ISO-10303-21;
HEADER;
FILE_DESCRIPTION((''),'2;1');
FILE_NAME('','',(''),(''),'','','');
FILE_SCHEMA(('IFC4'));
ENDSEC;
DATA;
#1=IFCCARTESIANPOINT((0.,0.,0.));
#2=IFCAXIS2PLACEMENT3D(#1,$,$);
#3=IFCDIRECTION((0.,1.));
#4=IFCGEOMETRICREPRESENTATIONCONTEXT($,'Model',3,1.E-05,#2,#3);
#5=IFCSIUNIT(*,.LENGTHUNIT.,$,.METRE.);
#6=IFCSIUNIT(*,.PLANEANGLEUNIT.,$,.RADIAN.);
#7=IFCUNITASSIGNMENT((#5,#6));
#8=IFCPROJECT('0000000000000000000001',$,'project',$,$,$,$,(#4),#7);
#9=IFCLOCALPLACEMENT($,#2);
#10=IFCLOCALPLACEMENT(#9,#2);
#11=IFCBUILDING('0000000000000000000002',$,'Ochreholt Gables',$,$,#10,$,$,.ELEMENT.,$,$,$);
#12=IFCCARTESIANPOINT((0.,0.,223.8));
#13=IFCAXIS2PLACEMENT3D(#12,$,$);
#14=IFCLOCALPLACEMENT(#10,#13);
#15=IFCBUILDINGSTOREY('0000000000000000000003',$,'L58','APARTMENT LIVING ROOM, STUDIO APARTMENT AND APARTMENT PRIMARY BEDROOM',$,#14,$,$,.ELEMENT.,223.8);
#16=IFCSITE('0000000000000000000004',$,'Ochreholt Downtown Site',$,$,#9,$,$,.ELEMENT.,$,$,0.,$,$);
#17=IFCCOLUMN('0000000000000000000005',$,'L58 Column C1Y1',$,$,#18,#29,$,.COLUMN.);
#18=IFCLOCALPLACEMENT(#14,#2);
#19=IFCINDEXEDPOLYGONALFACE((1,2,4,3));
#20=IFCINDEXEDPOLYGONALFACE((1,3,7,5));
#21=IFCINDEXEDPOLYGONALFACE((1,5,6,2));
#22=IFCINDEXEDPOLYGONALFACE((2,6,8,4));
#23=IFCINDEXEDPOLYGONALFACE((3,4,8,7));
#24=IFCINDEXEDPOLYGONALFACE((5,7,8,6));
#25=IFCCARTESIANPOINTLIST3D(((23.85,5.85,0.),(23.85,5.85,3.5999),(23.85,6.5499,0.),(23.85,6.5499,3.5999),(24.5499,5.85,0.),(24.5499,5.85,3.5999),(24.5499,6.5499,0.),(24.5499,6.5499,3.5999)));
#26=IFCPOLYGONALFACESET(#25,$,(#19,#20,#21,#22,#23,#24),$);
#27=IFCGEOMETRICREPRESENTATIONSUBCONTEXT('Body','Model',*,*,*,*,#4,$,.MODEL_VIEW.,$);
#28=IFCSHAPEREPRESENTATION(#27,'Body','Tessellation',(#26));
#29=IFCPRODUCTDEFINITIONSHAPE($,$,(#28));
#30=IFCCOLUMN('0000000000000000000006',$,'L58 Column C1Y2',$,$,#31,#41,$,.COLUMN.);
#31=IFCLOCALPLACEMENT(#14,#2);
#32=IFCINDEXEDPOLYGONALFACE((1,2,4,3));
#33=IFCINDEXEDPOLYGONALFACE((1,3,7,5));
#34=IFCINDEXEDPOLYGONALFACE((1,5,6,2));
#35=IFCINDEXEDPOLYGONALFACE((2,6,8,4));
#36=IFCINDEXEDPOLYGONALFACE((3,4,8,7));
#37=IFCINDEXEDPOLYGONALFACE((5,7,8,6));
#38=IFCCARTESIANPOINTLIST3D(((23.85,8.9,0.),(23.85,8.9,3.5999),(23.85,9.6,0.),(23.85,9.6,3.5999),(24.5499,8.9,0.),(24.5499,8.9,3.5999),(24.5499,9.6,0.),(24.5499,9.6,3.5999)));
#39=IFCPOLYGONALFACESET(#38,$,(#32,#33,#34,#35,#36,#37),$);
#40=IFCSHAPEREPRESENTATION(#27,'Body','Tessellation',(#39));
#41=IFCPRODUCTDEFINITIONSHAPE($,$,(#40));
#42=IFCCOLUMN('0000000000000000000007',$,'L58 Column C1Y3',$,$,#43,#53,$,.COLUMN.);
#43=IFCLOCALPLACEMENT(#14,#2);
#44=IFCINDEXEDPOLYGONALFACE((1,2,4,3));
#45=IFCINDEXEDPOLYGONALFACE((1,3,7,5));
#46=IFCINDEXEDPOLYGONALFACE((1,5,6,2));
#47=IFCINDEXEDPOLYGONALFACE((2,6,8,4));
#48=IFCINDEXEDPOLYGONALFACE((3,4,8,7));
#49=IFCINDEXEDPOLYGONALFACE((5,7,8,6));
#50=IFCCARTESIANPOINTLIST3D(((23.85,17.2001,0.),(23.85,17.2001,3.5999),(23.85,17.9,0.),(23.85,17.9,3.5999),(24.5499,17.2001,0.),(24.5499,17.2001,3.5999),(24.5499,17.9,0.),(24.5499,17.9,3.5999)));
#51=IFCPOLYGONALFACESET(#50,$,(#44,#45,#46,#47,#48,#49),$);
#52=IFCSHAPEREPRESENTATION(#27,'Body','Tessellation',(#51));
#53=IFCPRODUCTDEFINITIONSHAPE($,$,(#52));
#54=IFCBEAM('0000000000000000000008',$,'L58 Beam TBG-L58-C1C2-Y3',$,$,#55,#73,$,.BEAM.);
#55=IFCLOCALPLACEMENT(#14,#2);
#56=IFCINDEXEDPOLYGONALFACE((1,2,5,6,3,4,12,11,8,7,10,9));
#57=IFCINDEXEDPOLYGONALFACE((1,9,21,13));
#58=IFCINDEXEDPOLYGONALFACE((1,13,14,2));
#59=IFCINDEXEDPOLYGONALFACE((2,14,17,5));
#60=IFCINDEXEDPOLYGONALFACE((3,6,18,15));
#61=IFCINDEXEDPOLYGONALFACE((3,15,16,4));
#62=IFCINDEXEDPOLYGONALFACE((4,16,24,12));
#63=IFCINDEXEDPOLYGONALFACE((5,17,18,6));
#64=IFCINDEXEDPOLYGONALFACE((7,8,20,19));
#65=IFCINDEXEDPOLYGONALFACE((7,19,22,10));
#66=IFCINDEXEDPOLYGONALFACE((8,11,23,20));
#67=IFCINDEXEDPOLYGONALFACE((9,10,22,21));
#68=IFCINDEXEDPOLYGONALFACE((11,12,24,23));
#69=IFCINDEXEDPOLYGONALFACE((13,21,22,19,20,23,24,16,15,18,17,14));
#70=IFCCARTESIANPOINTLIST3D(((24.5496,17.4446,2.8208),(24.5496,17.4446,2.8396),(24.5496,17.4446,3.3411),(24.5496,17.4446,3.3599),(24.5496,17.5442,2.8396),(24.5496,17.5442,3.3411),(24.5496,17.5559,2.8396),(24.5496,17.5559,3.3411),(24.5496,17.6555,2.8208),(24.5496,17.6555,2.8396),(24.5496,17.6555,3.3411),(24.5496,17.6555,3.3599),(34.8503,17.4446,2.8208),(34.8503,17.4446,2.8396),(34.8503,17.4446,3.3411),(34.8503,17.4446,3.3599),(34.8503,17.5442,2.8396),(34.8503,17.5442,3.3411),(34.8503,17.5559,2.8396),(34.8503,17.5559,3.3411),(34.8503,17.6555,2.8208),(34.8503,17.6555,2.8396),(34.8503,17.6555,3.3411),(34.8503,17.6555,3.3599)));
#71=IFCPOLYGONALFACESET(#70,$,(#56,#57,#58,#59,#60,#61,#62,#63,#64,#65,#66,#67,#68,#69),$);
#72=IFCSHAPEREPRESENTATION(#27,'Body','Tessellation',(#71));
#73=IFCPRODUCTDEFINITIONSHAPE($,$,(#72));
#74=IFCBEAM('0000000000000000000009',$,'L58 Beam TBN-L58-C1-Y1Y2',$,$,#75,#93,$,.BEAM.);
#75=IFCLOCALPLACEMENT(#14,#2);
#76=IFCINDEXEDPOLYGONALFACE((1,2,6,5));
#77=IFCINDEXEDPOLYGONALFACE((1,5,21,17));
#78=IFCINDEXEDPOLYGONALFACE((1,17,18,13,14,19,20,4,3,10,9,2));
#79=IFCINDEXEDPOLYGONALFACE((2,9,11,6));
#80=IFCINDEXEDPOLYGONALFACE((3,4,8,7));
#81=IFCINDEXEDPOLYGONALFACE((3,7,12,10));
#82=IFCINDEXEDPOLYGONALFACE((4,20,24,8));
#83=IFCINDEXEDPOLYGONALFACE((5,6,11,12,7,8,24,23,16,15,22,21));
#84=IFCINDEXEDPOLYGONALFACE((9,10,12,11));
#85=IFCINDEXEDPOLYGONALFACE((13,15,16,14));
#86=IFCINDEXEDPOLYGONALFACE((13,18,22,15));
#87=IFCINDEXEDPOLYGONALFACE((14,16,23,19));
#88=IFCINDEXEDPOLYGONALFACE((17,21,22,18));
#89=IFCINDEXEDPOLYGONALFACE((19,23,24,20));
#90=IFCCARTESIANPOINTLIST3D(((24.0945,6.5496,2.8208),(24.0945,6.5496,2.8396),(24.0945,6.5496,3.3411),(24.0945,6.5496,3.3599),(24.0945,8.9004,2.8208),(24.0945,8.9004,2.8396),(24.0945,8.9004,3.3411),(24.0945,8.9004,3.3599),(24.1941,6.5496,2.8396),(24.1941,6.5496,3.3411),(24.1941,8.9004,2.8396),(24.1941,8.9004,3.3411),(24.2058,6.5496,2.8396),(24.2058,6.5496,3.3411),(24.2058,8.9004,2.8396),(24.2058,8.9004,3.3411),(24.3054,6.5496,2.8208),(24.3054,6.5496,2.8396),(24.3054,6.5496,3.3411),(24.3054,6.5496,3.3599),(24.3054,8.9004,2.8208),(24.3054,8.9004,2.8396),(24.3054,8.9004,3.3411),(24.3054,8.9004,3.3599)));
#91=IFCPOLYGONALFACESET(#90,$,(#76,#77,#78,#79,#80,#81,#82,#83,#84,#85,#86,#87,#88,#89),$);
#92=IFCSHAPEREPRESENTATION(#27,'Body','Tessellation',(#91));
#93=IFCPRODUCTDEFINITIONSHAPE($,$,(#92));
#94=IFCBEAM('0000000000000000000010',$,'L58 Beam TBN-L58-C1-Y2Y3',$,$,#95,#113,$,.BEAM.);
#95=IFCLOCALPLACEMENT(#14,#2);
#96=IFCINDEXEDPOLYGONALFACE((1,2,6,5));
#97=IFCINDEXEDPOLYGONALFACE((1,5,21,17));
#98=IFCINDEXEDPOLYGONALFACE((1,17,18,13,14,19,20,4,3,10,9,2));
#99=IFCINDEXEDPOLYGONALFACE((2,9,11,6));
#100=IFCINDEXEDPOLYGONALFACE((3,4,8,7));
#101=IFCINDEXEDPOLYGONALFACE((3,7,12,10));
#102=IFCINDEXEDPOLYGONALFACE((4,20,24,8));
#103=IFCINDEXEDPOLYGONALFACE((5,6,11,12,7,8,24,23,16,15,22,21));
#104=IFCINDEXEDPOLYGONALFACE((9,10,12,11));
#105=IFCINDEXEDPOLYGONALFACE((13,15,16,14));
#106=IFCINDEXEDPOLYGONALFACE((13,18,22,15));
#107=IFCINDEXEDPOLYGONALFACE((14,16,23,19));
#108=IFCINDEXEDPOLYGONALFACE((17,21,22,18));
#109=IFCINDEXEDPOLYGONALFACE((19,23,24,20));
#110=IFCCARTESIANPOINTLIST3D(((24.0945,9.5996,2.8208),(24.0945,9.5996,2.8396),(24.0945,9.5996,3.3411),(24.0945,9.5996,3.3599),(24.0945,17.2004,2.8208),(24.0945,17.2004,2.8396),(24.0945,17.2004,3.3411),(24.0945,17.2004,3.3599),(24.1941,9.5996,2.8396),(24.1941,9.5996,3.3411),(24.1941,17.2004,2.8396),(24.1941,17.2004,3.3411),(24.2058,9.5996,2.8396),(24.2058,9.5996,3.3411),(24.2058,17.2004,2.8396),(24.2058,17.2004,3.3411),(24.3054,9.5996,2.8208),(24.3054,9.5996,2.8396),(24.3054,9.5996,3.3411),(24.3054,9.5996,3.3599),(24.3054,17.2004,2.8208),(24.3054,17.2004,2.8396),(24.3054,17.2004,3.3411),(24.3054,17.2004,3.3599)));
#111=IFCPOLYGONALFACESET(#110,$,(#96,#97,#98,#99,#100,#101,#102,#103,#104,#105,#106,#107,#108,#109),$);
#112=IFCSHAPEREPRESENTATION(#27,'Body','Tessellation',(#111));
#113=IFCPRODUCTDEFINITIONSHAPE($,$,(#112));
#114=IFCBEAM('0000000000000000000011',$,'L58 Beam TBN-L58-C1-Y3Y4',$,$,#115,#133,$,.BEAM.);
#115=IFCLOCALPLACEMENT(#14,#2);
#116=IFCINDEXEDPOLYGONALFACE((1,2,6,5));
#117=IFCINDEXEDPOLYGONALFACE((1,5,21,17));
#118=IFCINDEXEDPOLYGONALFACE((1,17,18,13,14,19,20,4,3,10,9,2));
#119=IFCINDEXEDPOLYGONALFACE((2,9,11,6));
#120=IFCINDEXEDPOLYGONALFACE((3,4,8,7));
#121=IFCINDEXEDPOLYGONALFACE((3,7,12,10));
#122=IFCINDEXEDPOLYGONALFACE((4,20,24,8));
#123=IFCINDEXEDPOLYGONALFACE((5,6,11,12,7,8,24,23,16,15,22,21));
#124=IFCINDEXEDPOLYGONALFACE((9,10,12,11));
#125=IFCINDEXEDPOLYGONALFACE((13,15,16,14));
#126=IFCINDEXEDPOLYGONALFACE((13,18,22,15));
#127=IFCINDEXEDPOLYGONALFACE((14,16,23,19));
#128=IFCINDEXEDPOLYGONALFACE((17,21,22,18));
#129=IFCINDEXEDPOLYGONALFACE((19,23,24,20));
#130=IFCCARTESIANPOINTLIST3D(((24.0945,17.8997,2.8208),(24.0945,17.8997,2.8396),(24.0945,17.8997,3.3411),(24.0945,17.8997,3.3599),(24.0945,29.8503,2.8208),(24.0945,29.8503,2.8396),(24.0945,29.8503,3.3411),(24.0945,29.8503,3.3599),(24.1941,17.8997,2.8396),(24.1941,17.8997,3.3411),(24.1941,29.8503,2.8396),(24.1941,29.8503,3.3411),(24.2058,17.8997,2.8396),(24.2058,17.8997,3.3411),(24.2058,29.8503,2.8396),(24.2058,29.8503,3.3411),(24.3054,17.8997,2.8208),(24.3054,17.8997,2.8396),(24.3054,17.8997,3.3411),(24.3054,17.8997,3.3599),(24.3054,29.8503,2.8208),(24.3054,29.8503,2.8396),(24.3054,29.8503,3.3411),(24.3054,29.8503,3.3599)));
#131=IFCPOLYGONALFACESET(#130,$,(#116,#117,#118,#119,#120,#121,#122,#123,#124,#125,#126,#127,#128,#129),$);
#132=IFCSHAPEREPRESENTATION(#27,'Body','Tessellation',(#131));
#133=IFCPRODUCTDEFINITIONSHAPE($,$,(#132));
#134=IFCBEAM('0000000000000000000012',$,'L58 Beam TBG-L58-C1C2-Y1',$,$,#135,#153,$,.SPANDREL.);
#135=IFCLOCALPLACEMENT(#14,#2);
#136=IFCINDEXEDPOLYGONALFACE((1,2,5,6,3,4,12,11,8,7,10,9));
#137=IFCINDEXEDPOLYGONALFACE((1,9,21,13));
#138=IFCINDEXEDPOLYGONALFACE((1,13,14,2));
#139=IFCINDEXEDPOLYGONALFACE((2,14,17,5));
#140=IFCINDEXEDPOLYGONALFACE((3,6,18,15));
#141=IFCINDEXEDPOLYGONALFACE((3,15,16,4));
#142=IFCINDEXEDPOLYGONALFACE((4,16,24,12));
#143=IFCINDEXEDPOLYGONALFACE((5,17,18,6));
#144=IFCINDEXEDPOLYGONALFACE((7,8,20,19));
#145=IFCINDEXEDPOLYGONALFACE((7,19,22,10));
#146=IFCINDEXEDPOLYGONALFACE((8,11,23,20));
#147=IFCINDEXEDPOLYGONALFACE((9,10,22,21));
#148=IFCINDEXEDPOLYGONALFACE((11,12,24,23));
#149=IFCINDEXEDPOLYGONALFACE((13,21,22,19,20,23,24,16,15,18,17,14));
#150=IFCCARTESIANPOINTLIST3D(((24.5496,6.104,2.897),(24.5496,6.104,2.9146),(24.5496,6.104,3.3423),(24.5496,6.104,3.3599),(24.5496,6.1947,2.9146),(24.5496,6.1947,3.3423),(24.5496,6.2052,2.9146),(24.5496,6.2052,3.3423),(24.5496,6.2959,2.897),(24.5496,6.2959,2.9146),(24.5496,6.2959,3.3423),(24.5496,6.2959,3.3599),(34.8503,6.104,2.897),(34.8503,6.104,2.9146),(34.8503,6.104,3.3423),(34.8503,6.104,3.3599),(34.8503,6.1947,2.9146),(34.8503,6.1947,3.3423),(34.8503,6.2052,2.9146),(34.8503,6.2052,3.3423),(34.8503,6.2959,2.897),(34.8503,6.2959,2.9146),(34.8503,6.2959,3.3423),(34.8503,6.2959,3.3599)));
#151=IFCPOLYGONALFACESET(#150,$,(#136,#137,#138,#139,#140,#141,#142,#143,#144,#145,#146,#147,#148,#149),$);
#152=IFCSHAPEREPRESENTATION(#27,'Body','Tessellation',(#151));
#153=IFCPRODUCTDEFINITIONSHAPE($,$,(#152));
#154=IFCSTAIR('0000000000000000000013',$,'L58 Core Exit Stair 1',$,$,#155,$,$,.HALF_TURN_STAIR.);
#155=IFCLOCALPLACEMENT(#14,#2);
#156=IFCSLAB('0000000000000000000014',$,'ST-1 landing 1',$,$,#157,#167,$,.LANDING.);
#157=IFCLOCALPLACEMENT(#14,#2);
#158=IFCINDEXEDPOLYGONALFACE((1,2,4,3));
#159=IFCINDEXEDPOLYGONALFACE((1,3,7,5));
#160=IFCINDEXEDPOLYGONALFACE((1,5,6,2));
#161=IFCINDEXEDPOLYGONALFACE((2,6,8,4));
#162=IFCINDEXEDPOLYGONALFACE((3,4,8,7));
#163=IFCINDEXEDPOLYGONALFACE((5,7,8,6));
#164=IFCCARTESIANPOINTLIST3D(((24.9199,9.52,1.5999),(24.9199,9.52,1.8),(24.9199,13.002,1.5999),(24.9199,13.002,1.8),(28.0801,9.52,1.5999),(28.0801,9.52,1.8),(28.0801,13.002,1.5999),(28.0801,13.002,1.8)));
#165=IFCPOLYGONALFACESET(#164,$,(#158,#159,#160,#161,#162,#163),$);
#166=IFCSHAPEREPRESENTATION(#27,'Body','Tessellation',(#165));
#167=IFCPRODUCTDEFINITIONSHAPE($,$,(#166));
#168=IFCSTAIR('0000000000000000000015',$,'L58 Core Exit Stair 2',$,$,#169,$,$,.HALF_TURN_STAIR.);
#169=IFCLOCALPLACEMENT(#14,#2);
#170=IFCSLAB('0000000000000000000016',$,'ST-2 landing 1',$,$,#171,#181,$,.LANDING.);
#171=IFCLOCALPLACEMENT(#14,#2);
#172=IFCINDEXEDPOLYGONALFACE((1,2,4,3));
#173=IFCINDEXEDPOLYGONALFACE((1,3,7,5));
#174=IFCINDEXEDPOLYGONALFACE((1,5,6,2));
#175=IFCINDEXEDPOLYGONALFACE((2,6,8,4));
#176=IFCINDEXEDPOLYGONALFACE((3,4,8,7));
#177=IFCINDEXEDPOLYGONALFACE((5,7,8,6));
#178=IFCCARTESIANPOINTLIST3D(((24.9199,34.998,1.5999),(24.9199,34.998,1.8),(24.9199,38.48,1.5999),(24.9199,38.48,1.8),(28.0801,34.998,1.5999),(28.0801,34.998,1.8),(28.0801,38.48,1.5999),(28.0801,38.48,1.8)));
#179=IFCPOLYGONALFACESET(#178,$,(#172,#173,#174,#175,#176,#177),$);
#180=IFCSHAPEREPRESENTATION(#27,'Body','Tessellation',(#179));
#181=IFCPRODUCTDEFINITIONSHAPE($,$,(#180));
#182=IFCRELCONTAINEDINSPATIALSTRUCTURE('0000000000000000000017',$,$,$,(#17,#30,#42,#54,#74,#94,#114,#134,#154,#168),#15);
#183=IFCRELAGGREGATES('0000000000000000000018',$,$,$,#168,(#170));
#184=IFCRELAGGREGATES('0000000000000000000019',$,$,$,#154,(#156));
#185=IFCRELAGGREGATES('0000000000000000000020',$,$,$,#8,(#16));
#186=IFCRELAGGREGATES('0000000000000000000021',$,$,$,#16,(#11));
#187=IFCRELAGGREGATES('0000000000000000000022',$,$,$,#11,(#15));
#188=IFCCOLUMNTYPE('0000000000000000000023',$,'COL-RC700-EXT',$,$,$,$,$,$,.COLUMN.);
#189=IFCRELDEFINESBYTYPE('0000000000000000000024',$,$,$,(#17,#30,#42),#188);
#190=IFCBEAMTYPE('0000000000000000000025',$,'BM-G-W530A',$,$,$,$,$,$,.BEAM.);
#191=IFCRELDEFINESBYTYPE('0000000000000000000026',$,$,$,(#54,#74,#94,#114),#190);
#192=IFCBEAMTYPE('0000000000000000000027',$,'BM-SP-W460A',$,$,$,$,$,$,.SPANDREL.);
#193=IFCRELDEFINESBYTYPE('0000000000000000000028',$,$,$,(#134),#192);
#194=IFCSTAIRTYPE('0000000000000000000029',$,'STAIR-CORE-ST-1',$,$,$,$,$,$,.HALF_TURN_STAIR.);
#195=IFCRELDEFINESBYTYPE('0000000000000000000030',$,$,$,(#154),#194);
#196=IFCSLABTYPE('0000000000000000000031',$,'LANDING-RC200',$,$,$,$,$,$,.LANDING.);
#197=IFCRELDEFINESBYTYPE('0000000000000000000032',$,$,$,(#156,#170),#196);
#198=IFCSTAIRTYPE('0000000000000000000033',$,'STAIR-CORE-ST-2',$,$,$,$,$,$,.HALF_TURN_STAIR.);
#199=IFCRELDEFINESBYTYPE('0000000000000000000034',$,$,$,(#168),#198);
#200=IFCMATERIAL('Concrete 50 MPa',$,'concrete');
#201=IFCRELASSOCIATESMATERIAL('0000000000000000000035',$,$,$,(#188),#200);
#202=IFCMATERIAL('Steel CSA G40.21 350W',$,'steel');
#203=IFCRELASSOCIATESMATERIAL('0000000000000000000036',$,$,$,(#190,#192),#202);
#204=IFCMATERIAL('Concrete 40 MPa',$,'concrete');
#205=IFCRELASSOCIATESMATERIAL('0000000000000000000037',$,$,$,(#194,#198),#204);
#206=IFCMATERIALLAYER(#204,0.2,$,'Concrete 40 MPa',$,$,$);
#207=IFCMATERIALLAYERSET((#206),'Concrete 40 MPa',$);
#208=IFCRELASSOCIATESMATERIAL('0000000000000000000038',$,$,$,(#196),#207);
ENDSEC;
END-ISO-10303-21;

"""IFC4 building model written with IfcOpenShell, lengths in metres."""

from ifc_helpers import new_model, si_unit, direction, frame, origin, origin_2d, place, context, subcontext, project, spatial, polyline, rectangle, i_section, outline, extrude, material, layer, layer_set, material_profile, profile_set, type_object, element, aggregate, save


model = new_model("IFC4")

# Units and contexts
model_context = context("Model", 3, precision=1e-05, world=origin(), true_north=direction((0.0, 1.0)))
body_context = subcontext(model_context, "Body", "Model", "MODEL_VIEW")
ifc_project = project(units=[si_unit("LENGTHUNIT", "METRE"), si_unit("PLANEANGLEUNIT", "RADIAN")], contexts=[model_context])

# Site, building, storey
site_placement = place(None, origin())
site = spatial("IfcSite", under=ifc_project, at=site_placement, Name="Ochreholt Downtown Site", CompositionType="ELEMENT", RefElevation=0.0)
building_placement = place(site_placement, origin())
building = spatial("IfcBuilding", under=site, at=building_placement, Name="Ochreholt Gables", CompositionType="ELEMENT")
storey_placement = place(building_placement, frame((0.0, 0.0, 223.8)))
storey = spatial("IfcBuildingStorey", under=building, at=storey_placement, Name="L58", Description="APARTMENT LIVING ROOM, STUDIO APARTMENT AND APARTMENT PRIMARY BEDROOM", CompositionType="ELEMENT", Elevation=223.8)

# Columns
ifc_material_1 = material(Name="Concrete 50 MPa", Category="concrete")
ifc_material_profile_1 = material_profile(ifc_material_1, rectangle(XDim=0.7, YDim=0.7, at=origin_2d()), Name="RC700X700")
ifc_profile_set_1 = profile_set([ifc_material_profile_1], Name="Concrete 50 MPa")
column_type = type_object("IfcColumnType", Name="COL-RC700-EXT", PredefinedType="COLUMN", material=ifc_profile_set_1)
for number, where, z_axis, x_axis, name in (
    (1, (24.2, 6.2, 0.0), (0.0, 0.0, 1.0), (1.0, 0.0, 0.0), "L58 Column C1Y1"),
    (2, (24.2, 9.25, 0.0), (0.0, 0.0, 1.0), (1.0, 0.0, 0.0), "L58 Column C1Y2"),
    (3, (24.2, 17.55, 0.0), (0.0, 0.0, 1.0), (1.0, 0.0, 0.0), "L58 Column C1Y3"),
):
    element("IfcColumn", number, at=place(storey_placement, frame(where, z_axis=z_axis, x_axis=x_axis)), inside=storey, type_object=column_type, Name=name, PredefinedType="COLUMN", context=body_context, shape_type="SweptSolid", body=[
        extrude(rectangle(XDim=0.7, YDim=0.7, at=origin_2d()), origin(), (0.0, 0.0, 1.0), 3.5999),
    ])

# Beams
ifc_material_2 = material(Name="Steel CSA G40.21 350W", Category="steel")
ifc_material_profile_2 = material_profile(ifc_material_2, i_section(OverallWidth=0.2109, OverallDepth=0.5391, WebThickness=0.0117, FlangeThickness=0.0188, at=origin_2d()), Name="W530X109")
ifc_profile_set_2 = profile_set([ifc_material_profile_2], Name="Steel CSA G40.21 350W")
beam_type_1 = type_object("IfcBeamType", Name="BM-G-W530A", PredefinedType="BEAM", material=ifc_profile_set_2)
beam_1_placement = place(storey_placement, frame((24.5496, 17.55, 3.0903), z_axis=(1.0, 0.0, 0.0), x_axis=(0.0, 1.0, 0.0)))
element("IfcBeam", 4, at=beam_1_placement, inside=storey, type_object=beam_type_1, Name="L58 Beam TBG-L58-C1C2-Y3", PredefinedType="BEAM", context=body_context, shape_type="SweptSolid", body=[
    extrude(i_section(OverallWidth=0.2109, OverallDepth=0.5391, WebThickness=0.0117, FlangeThickness=0.0188, at=origin_2d()), origin(), (0.0, 0.0, 1.0), 10.3008),
])
beam_2_placement = place(storey_placement, frame((24.2, 6.5496, 3.0903), z_axis=(0.0, 1.0, 0.0), x_axis=(-1.0, 0.0, 0.0)))
element("IfcBeam", 5, at=beam_2_placement, inside=storey, type_object=beam_type_1, Name="L58 Beam TBN-L58-C1-Y1Y2", PredefinedType="BEAM", context=body_context, shape_type="SweptSolid", body=[
    extrude(i_section(OverallWidth=0.2109, OverallDepth=0.5391, WebThickness=0.0117, FlangeThickness=0.0188, at=origin_2d()), origin(), (0.0, 0.0, 1.0), 2.3508),
])
beam_3_placement = place(storey_placement, frame((24.2, 9.5996, 3.0903), z_axis=(0.0, 1.0, 0.0), x_axis=(-1.0, 0.0, 0.0)))
element("IfcBeam", 6, at=beam_3_placement, inside=storey, type_object=beam_type_1, Name="L58 Beam TBN-L58-C1-Y2Y3", PredefinedType="BEAM", context=body_context, shape_type="SweptSolid", body=[
    extrude(i_section(OverallWidth=0.2109, OverallDepth=0.5391, WebThickness=0.0117, FlangeThickness=0.0188, at=origin_2d()), origin(), (0.0, 0.0, 1.0), 7.6008),
])
beam_4_placement = place(storey_placement, frame((24.2, 17.8997, 3.0903), z_axis=(0.0, 1.0, 0.0), x_axis=(-1.0, 0.0, 0.0)))
element("IfcBeam", 7, at=beam_4_placement, inside=storey, type_object=beam_type_1, Name="L58 Beam TBN-L58-C1-Y3Y4", PredefinedType="BEAM", context=body_context, shape_type="SweptSolid", body=[
    extrude(i_section(OverallWidth=0.2109, OverallDepth=0.5391, WebThickness=0.0117, FlangeThickness=0.0188, at=origin_2d()), origin(), (0.0, 0.0, 1.0), 11.9507),
])
ifc_material_profile_3 = material_profile(ifc_material_2, i_section(OverallWidth=0.1919, OverallDepth=0.4629, WebThickness=0.0105, FlangeThickness=0.0176, at=origin_2d()), Name="W460X89")
ifc_profile_set_3 = profile_set([ifc_material_profile_3], Name="Steel CSA G40.21 350W")
beam_type_2 = type_object("IfcBeamType", Name="BM-SP-W460A", PredefinedType="SPANDREL", material=ifc_profile_set_3)
beam_5_placement = place(storey_placement, frame((24.5496, 6.2, 3.1284), z_axis=(1.0, 0.0, 0.0), x_axis=(0.0, 1.0, 0.0)))
element("IfcBeam", 8, at=beam_5_placement, inside=storey, type_object=beam_type_2, Name="L58 Beam TBG-L58-C1C2-Y1", PredefinedType="SPANDREL", context=body_context, shape_type="SweptSolid", body=[
    extrude(i_section(OverallWidth=0.1919, OverallDepth=0.4629, WebThickness=0.0105, FlangeThickness=0.0176, at=origin_2d()), origin(), (0.0, 0.0, 1.0), 10.3008),
])

# Stairs, slabs
ifc_material_3 = material(Name="Concrete 40 MPa", Category="concrete")
stair_type_1 = type_object("IfcStairType", Name="STAIR-CORE-ST-1", PredefinedType="HALF_TURN_STAIR", material=ifc_material_3)
stair_1_placement = place(storey_placement, origin())
stair_1 = element("IfcStair", 9, at=stair_1_placement, inside=storey, type_object=stair_type_1, Name="L58 Core Exit Stair 1", PredefinedType="HALF_TURN_STAIR")
ifc_layer_1 = layer(ifc_material_3, 0.2, Name="Concrete 40 MPa")
ifc_layer_set_1 = layer_set([ifc_layer_1], Name="Concrete 40 MPa")
slab_type_1 = type_object("IfcSlabType", Name="LANDING-RC200", PredefinedType="LANDING", material=ifc_layer_set_1)
slab_1_placement = place(storey_placement, frame((0.0, 0.0, 1.5999)))
slab_1 = element("IfcSlab", 10, at=slab_1_placement, type_object=slab_type_1, Name="ST-1 landing 1", PredefinedType="LANDING", context=body_context, shape_type="SweptSolid", body=[
    extrude(outline(polyline([(24.9199, 13.002), (24.9199, 9.52), (28.0801, 9.52), (28.0801, 13.002), (24.9199, 13.002)])), origin(), (0.0, 0.0, 1.0), 0.2002),
])
stair_type_2 = type_object("IfcStairType", Name="STAIR-CORE-ST-2", PredefinedType="HALF_TURN_STAIR", material=ifc_material_3)
stair_2_placement = place(storey_placement, origin())
stair_2 = element("IfcStair", 11, at=stair_2_placement, inside=storey, type_object=stair_type_2, Name="L58 Core Exit Stair 2", PredefinedType="HALF_TURN_STAIR")
slab_2_placement = place(storey_placement, frame((0.0, 0.0, 1.5999)))
slab_2 = element("IfcSlab", 12, at=slab_2_placement, type_object=slab_type_1, Name="ST-2 landing 1", PredefinedType="LANDING", context=body_context, shape_type="SweptSolid", body=[
    extrude(outline(polyline([(28.0801, 34.998), (28.0801, 38.48), (24.9199, 38.48), (24.9199, 34.998), (28.0801, 34.998)])), origin(), (0.0, 0.0, 1.0), 0.2002),
])
aggregate(stair_2, [slab_2])

aggregate(stair_1, [slab_1])

save(model, "model.ifc")
